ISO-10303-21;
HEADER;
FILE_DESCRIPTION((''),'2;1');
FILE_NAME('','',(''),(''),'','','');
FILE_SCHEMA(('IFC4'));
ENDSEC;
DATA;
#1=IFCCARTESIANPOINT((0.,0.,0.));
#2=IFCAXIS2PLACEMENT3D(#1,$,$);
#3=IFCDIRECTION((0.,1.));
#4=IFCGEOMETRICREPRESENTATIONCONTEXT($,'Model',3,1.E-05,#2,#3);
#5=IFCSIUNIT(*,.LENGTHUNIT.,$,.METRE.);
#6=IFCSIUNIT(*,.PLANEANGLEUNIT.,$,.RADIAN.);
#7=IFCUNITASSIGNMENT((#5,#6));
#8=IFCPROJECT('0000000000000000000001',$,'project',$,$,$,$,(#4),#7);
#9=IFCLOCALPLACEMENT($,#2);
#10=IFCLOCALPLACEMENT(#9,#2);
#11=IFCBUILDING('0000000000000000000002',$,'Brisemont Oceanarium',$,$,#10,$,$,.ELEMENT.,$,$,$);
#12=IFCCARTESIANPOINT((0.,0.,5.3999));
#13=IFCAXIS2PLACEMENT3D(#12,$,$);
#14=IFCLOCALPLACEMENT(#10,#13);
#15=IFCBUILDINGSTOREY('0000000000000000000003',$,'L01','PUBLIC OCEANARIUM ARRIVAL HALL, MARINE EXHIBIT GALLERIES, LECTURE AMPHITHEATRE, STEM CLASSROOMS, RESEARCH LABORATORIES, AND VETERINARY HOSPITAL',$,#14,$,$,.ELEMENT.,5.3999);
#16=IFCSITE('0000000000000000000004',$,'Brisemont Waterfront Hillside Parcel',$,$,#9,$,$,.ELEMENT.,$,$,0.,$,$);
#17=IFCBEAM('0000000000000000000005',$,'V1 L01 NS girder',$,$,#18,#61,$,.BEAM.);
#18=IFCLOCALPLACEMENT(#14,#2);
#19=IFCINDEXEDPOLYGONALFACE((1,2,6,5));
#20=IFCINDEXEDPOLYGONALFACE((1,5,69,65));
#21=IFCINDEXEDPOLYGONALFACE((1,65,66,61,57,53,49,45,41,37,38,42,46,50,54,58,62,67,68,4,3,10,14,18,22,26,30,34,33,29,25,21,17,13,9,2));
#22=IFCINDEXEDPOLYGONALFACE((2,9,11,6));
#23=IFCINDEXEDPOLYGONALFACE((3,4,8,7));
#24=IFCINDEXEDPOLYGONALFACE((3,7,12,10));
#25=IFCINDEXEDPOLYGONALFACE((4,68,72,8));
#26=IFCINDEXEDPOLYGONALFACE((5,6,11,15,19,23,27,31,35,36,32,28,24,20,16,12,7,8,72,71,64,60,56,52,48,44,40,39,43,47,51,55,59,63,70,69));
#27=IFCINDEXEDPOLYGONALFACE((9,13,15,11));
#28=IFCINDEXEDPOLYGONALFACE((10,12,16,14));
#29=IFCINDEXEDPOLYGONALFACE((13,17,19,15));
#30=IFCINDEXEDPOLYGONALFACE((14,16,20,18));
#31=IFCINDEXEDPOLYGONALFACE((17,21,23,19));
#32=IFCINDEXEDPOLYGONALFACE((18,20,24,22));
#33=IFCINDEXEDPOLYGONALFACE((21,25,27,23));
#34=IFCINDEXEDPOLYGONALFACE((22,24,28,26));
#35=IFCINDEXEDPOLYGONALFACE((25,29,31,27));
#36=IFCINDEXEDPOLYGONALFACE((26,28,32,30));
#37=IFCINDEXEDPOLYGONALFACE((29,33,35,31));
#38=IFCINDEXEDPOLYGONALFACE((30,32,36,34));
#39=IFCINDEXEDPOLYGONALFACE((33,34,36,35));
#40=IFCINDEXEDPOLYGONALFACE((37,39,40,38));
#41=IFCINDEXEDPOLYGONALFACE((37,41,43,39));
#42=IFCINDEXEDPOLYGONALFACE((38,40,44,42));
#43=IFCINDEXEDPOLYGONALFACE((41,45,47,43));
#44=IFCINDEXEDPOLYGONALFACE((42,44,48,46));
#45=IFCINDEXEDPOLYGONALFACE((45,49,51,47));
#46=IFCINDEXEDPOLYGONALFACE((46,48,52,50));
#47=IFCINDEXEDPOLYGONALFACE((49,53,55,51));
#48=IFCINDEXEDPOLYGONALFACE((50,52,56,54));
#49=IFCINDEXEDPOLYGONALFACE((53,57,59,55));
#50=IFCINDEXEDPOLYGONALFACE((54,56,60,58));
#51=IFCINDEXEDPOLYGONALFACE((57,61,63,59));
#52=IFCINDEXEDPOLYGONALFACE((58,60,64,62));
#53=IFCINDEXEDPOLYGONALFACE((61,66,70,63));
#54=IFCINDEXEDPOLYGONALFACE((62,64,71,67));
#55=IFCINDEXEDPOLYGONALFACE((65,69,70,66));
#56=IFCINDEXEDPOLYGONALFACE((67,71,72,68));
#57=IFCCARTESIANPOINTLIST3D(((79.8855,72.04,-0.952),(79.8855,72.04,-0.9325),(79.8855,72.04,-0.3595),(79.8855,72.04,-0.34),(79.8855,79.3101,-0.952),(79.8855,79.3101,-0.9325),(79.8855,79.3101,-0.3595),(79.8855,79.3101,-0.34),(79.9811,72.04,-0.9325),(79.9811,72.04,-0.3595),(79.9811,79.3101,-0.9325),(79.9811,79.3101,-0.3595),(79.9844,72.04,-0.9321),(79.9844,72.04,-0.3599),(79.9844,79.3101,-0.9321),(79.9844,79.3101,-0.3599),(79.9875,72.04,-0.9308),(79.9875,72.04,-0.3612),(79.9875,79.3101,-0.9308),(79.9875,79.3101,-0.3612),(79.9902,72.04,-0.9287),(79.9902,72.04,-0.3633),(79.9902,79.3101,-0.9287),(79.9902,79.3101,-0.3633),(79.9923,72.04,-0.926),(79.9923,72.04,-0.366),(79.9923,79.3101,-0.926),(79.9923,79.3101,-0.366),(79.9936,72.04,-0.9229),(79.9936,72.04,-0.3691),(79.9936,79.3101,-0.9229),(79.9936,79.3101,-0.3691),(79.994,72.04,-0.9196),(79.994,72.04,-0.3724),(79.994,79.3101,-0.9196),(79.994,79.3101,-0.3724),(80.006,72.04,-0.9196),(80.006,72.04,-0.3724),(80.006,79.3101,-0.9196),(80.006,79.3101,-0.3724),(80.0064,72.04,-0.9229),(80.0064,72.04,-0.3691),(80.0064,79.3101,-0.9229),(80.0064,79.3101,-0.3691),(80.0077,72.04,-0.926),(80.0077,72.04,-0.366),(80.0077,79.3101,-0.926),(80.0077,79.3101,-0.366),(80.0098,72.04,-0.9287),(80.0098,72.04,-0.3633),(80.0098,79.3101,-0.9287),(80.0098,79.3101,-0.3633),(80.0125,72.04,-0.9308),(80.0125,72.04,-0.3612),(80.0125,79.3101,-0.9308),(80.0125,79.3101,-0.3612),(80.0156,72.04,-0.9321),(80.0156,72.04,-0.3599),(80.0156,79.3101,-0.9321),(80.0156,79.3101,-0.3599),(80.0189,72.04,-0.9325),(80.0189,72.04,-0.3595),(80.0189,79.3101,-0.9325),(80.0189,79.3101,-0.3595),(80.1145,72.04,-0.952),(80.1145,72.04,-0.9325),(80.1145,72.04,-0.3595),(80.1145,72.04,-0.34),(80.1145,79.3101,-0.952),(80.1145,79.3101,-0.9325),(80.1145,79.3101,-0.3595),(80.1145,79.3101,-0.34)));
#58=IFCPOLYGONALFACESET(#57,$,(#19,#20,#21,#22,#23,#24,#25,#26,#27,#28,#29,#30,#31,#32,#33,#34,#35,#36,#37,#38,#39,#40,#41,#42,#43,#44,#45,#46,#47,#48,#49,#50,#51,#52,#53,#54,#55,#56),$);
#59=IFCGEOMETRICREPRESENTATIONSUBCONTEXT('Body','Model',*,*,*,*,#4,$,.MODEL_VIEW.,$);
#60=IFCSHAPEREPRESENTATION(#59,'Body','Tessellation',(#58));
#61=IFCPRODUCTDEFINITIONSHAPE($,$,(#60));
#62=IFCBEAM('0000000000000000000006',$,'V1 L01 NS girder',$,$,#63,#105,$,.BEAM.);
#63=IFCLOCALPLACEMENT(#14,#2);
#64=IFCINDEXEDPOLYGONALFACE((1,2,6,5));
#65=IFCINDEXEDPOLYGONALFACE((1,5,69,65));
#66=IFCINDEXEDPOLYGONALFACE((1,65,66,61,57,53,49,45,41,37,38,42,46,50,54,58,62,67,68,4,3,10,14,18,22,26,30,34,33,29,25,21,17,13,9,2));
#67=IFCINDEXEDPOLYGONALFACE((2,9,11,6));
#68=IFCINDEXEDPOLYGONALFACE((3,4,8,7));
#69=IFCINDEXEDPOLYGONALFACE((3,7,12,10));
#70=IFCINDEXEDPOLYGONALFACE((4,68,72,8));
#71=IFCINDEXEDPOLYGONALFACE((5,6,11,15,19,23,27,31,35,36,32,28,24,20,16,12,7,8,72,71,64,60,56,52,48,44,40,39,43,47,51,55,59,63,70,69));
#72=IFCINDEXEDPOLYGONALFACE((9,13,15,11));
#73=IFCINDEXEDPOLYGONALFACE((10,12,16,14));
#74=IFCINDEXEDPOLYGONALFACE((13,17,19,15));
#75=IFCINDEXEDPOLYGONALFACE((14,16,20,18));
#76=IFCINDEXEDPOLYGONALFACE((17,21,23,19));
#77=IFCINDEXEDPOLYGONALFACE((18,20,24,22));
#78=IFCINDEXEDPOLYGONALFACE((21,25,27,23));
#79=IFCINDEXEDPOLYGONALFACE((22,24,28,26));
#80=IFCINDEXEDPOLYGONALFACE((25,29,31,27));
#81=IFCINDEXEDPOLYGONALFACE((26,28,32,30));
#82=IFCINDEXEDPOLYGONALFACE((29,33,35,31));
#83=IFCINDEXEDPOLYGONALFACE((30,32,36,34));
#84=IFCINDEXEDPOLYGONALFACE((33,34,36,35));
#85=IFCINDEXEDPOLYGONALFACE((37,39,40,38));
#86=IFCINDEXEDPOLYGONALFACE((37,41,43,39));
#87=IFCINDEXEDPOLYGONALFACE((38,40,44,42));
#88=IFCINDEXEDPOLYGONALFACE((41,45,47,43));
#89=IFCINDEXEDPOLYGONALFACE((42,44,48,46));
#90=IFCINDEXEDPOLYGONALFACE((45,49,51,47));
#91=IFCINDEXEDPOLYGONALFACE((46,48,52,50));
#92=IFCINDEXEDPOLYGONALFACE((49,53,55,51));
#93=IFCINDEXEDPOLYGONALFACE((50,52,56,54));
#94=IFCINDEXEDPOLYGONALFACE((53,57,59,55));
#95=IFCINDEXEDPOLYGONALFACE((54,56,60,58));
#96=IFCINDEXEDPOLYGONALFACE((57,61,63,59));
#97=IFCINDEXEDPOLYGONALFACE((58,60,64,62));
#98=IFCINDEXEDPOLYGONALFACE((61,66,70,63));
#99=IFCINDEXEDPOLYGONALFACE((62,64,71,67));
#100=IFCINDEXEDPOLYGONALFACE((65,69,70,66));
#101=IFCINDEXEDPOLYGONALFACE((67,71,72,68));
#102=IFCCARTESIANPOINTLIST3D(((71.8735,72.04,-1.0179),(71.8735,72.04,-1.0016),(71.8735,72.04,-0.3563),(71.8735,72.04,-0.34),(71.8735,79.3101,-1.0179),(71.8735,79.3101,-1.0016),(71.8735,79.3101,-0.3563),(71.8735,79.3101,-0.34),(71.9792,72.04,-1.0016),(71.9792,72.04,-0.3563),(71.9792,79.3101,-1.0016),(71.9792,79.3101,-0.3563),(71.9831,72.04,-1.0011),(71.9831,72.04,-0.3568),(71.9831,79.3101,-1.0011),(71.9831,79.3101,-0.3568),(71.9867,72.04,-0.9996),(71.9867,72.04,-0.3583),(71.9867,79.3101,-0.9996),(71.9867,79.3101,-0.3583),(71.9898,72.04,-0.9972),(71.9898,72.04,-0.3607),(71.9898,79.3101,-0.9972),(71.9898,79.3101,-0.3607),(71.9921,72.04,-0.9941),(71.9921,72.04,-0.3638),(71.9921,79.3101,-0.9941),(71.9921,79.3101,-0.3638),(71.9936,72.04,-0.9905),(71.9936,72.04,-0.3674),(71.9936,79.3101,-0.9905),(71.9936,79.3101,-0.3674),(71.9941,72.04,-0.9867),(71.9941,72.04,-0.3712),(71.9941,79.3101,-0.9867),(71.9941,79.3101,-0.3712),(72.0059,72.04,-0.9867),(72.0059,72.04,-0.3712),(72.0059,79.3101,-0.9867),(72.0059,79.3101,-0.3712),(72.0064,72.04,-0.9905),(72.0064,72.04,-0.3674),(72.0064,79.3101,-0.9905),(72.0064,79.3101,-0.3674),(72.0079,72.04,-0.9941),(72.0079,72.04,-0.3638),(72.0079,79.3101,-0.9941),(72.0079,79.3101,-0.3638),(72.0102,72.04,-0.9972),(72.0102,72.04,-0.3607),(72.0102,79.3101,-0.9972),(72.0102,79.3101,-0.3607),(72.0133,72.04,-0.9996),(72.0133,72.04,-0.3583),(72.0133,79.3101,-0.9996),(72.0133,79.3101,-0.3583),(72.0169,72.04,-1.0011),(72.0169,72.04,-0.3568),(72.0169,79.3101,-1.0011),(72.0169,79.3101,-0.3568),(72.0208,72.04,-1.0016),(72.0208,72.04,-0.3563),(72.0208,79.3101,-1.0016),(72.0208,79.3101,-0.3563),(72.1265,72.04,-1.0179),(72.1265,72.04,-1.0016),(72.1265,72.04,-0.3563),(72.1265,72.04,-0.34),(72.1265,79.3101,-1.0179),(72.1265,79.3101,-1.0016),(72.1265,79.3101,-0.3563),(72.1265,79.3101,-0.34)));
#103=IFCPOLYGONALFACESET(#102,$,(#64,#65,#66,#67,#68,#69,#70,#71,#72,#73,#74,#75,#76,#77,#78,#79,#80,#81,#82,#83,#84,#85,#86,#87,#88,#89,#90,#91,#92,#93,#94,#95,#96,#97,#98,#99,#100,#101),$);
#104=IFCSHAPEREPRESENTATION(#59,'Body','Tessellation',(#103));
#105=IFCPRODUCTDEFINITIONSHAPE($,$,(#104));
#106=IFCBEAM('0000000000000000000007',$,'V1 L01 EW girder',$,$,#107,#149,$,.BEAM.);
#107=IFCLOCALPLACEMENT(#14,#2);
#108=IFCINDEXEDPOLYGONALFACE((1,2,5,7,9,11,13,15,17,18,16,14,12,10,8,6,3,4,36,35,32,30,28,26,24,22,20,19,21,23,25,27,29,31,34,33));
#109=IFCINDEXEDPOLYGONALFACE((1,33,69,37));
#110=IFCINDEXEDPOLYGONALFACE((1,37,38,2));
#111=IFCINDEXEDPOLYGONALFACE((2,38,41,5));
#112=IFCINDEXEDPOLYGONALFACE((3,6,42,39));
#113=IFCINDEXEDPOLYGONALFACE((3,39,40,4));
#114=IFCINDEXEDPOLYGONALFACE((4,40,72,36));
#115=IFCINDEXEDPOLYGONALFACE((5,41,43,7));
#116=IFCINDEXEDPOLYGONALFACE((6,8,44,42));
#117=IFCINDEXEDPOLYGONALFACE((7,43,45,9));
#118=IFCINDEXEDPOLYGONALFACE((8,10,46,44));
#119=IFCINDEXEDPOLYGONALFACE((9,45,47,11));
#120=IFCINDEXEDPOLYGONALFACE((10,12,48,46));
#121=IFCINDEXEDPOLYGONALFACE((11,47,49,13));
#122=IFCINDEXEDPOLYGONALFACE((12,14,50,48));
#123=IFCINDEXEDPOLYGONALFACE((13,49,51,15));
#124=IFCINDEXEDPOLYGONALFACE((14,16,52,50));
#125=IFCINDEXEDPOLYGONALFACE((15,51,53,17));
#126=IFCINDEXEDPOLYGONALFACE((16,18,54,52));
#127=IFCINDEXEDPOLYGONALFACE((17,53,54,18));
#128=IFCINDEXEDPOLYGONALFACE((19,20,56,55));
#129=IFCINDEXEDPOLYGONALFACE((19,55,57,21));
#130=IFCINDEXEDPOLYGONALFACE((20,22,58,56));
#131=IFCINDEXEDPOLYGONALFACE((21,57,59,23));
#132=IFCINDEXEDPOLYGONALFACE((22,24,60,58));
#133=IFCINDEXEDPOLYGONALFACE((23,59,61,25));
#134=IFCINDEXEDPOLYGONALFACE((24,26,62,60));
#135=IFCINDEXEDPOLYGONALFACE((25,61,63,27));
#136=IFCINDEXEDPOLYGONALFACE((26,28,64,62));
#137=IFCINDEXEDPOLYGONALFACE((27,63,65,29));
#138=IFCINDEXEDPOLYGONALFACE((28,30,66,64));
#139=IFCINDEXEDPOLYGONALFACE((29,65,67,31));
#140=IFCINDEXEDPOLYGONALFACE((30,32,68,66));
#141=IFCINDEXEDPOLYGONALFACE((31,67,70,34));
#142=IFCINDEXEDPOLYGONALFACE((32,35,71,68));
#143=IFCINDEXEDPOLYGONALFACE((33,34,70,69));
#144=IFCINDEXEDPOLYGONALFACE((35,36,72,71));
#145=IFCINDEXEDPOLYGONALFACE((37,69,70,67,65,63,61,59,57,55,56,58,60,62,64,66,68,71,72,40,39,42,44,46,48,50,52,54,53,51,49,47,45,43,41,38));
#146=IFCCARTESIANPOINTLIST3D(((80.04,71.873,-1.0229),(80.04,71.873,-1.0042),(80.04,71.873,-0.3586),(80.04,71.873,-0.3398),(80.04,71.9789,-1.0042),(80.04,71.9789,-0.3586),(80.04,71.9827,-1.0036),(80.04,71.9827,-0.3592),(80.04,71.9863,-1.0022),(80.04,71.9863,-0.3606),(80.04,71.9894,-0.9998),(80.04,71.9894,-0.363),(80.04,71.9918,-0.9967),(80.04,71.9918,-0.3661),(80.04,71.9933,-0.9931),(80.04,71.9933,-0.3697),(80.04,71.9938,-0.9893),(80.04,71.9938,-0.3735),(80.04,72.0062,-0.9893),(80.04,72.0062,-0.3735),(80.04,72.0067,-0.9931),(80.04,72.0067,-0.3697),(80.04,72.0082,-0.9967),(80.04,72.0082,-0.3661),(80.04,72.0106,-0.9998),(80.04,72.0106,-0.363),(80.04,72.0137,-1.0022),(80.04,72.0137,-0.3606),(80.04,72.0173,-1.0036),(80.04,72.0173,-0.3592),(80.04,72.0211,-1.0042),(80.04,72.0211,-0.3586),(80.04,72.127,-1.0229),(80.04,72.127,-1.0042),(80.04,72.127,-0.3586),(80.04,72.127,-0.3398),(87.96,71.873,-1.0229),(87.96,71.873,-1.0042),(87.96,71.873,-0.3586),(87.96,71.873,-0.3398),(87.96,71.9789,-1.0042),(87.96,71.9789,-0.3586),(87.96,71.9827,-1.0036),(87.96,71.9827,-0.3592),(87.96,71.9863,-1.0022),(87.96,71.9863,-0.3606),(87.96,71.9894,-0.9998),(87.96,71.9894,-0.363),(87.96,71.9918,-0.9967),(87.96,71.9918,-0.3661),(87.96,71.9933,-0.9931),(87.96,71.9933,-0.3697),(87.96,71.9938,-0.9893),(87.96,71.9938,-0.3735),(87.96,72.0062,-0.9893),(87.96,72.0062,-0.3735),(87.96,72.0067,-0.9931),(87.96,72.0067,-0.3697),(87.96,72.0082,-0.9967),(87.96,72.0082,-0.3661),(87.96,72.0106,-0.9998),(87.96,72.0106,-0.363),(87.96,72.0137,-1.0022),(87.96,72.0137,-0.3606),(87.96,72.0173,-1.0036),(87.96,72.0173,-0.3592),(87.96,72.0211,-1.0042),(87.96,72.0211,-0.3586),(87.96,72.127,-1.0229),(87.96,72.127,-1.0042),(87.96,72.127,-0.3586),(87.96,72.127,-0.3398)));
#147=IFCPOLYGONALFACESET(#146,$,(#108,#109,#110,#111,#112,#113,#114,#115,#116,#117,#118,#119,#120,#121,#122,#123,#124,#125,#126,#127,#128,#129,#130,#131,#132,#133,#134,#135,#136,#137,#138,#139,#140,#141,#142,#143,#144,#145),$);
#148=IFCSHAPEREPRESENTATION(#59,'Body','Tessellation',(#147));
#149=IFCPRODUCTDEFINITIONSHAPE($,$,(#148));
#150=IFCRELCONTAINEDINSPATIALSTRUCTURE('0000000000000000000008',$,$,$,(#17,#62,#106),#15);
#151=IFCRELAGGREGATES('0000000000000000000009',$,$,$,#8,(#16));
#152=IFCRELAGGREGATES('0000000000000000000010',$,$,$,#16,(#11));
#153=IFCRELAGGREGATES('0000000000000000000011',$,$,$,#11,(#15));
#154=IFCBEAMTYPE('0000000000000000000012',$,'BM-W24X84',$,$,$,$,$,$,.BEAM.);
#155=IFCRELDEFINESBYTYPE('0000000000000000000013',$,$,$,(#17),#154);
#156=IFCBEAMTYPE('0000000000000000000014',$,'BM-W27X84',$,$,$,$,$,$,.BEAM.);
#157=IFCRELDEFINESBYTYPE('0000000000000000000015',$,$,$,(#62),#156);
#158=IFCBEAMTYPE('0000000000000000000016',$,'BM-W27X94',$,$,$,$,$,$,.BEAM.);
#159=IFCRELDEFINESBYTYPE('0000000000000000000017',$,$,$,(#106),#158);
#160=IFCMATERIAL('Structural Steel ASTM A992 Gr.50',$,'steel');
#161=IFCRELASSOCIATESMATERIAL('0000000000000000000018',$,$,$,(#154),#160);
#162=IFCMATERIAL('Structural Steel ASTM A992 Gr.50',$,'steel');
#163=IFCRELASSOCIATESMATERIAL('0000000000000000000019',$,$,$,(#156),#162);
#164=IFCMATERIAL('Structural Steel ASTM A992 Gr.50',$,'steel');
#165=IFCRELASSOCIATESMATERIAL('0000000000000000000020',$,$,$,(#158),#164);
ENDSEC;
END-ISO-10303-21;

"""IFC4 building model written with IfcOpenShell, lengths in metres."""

from ifc_helpers import new_model, si_unit, direction, frame, origin, origin_2d, place, context, subcontext, project, spatial, i_section, extrude, material, material_profile, profile_set, type_object, element, save


model = new_model("IFC4")

# Units and contexts
model_context = context("Model", 3, precision=1e-05, world=origin(), true_north=direction((0.0, 1.0)))
body_context = subcontext(model_context, "Body", "Model", "MODEL_VIEW")
ifc_project = project(units=[si_unit("LENGTHUNIT", "METRE"), si_unit("PLANEANGLEUNIT", "RADIAN")], contexts=[model_context])

# Site, building, storey
site_placement = place(None, origin())
site = spatial("IfcSite", under=ifc_project, at=site_placement, Name="Brisemont Waterfront Hillside Parcel", CompositionType="ELEMENT", RefElevation=0.0)
building_placement = place(site_placement, origin())
building = spatial("IfcBuilding", under=site, at=building_placement, Name="Brisemont Oceanarium", CompositionType="ELEMENT")
storey_placement = place(building_placement, frame((0.0, 0.0, 5.3999)))
storey = spatial("IfcBuildingStorey", under=building, at=storey_placement, Name="L01", Description="PUBLIC OCEANARIUM ARRIVAL HALL, MARINE EXHIBIT GALLERIES, LECTURE AMPHITHEATRE, STEM CLASSROOMS, RESEARCH LABORATORIES, AND VETERINARY HOSPITAL", CompositionType="ELEMENT", Elevation=5.3999)

# Beams
ifc_material_1 = material(Name="Structural Steel ASTM A992 Gr.50", Category="steel")
ifc_material_profile_1 = material_profile(ifc_material_1, i_section(OverallWidth=0.229, OverallDepth=0.6121, WebThickness=0.012, FlangeThickness=0.0195, FilletRadius=0.0129, at=origin_2d()), Name="W24X84")
ifc_profile_set_1 = profile_set([ifc_material_profile_1], Name="Structural Steel ASTM A992 Gr.50")
beam_type_1 = type_object("IfcBeamType", Name="BM-W24X84", PredefinedType="BEAM", material=ifc_profile_set_1)
beam_1_placement = place(storey_placement, frame((80.0, 72.04, -0.646), z_axis=(0.0, 1.0, 0.0), x_axis=(-1.0, 0.0, 0.0)))
element("IfcBeam", 1, at=beam_1_placement, inside=storey, type_object=beam_type_1, Name="V1 L01 NS girder", PredefinedType="BEAM", context=body_context, shape_type="SweptSolid", body=[
    extrude(i_section(OverallWidth=0.229, OverallDepth=0.6121, WebThickness=0.012, FlangeThickness=0.0195, FilletRadius=0.0129, at=origin_2d()), origin(), (0.0, 0.0, 1.0), 7.27),
])
ifc_material_2 = material(Name="Structural Steel ASTM A992 Gr.50", Category="steel")
ifc_material_profile_2 = material_profile(ifc_material_2, i_section(OverallWidth=0.2529, OverallDepth=0.678, WebThickness=0.0117, FlangeThickness=0.0164, FilletRadius=0.0149, at=origin_2d()), Name="W27X84")
ifc_profile_set_2 = profile_set([ifc_material_profile_2], Name="Structural Steel ASTM A992 Gr.50")
beam_type_2 = type_object("IfcBeamType", Name="BM-W27X84", PredefinedType="BEAM", material=ifc_profile_set_2)
beam_2_placement = place(storey_placement, frame((72.0, 72.04, -0.679), z_axis=(0.0, 1.0, 0.0), x_axis=(-1.0, 0.0, 0.0)))
element("IfcBeam", 2, at=beam_2_placement, inside=storey, type_object=beam_type_2, Name="V1 L01 NS girder", PredefinedType="BEAM", context=body_context, shape_type="SweptSolid", body=[
    extrude(i_section(OverallWidth=0.2529, OverallDepth=0.678, WebThickness=0.0117, FlangeThickness=0.0164, FilletRadius=0.0149, at=origin_2d()), origin(), (0.0, 0.0, 1.0), 7.27),
])
ifc_material_3 = material(Name="Structural Steel ASTM A992 Gr.50", Category="steel")
ifc_material_profile_3 = material_profile(ifc_material_3, i_section(OverallWidth=0.2539, OverallDepth=0.6831, WebThickness=0.0125, FlangeThickness=0.0188, FilletRadius=0.0149, at=origin_2d()), Name="W27X94")
ifc_profile_set_3 = profile_set([ifc_material_profile_3], Name="Structural Steel ASTM A992 Gr.50")
beam_type_3 = type_object("IfcBeamType", Name="BM-W27X94", PredefinedType="BEAM", material=ifc_profile_set_3)
beam_3_placement = place(storey_placement, frame((80.04, 72.0, -0.6814), z_axis=(1.0, 0.0, 0.0), x_axis=(0.0, 1.0, 0.0)))
element("IfcBeam", 3, at=beam_3_placement, inside=storey, type_object=beam_type_3, Name="V1 L01 EW girder", PredefinedType="BEAM", context=body_context, shape_type="SweptSolid", body=[
    extrude(i_section(OverallWidth=0.2539, OverallDepth=0.6831, WebThickness=0.0125, FlangeThickness=0.0188, FilletRadius=0.0149, at=origin_2d()), origin(), (0.0, 0.0, 1.0), 7.9199),
])

save(model, "model.ifc")
